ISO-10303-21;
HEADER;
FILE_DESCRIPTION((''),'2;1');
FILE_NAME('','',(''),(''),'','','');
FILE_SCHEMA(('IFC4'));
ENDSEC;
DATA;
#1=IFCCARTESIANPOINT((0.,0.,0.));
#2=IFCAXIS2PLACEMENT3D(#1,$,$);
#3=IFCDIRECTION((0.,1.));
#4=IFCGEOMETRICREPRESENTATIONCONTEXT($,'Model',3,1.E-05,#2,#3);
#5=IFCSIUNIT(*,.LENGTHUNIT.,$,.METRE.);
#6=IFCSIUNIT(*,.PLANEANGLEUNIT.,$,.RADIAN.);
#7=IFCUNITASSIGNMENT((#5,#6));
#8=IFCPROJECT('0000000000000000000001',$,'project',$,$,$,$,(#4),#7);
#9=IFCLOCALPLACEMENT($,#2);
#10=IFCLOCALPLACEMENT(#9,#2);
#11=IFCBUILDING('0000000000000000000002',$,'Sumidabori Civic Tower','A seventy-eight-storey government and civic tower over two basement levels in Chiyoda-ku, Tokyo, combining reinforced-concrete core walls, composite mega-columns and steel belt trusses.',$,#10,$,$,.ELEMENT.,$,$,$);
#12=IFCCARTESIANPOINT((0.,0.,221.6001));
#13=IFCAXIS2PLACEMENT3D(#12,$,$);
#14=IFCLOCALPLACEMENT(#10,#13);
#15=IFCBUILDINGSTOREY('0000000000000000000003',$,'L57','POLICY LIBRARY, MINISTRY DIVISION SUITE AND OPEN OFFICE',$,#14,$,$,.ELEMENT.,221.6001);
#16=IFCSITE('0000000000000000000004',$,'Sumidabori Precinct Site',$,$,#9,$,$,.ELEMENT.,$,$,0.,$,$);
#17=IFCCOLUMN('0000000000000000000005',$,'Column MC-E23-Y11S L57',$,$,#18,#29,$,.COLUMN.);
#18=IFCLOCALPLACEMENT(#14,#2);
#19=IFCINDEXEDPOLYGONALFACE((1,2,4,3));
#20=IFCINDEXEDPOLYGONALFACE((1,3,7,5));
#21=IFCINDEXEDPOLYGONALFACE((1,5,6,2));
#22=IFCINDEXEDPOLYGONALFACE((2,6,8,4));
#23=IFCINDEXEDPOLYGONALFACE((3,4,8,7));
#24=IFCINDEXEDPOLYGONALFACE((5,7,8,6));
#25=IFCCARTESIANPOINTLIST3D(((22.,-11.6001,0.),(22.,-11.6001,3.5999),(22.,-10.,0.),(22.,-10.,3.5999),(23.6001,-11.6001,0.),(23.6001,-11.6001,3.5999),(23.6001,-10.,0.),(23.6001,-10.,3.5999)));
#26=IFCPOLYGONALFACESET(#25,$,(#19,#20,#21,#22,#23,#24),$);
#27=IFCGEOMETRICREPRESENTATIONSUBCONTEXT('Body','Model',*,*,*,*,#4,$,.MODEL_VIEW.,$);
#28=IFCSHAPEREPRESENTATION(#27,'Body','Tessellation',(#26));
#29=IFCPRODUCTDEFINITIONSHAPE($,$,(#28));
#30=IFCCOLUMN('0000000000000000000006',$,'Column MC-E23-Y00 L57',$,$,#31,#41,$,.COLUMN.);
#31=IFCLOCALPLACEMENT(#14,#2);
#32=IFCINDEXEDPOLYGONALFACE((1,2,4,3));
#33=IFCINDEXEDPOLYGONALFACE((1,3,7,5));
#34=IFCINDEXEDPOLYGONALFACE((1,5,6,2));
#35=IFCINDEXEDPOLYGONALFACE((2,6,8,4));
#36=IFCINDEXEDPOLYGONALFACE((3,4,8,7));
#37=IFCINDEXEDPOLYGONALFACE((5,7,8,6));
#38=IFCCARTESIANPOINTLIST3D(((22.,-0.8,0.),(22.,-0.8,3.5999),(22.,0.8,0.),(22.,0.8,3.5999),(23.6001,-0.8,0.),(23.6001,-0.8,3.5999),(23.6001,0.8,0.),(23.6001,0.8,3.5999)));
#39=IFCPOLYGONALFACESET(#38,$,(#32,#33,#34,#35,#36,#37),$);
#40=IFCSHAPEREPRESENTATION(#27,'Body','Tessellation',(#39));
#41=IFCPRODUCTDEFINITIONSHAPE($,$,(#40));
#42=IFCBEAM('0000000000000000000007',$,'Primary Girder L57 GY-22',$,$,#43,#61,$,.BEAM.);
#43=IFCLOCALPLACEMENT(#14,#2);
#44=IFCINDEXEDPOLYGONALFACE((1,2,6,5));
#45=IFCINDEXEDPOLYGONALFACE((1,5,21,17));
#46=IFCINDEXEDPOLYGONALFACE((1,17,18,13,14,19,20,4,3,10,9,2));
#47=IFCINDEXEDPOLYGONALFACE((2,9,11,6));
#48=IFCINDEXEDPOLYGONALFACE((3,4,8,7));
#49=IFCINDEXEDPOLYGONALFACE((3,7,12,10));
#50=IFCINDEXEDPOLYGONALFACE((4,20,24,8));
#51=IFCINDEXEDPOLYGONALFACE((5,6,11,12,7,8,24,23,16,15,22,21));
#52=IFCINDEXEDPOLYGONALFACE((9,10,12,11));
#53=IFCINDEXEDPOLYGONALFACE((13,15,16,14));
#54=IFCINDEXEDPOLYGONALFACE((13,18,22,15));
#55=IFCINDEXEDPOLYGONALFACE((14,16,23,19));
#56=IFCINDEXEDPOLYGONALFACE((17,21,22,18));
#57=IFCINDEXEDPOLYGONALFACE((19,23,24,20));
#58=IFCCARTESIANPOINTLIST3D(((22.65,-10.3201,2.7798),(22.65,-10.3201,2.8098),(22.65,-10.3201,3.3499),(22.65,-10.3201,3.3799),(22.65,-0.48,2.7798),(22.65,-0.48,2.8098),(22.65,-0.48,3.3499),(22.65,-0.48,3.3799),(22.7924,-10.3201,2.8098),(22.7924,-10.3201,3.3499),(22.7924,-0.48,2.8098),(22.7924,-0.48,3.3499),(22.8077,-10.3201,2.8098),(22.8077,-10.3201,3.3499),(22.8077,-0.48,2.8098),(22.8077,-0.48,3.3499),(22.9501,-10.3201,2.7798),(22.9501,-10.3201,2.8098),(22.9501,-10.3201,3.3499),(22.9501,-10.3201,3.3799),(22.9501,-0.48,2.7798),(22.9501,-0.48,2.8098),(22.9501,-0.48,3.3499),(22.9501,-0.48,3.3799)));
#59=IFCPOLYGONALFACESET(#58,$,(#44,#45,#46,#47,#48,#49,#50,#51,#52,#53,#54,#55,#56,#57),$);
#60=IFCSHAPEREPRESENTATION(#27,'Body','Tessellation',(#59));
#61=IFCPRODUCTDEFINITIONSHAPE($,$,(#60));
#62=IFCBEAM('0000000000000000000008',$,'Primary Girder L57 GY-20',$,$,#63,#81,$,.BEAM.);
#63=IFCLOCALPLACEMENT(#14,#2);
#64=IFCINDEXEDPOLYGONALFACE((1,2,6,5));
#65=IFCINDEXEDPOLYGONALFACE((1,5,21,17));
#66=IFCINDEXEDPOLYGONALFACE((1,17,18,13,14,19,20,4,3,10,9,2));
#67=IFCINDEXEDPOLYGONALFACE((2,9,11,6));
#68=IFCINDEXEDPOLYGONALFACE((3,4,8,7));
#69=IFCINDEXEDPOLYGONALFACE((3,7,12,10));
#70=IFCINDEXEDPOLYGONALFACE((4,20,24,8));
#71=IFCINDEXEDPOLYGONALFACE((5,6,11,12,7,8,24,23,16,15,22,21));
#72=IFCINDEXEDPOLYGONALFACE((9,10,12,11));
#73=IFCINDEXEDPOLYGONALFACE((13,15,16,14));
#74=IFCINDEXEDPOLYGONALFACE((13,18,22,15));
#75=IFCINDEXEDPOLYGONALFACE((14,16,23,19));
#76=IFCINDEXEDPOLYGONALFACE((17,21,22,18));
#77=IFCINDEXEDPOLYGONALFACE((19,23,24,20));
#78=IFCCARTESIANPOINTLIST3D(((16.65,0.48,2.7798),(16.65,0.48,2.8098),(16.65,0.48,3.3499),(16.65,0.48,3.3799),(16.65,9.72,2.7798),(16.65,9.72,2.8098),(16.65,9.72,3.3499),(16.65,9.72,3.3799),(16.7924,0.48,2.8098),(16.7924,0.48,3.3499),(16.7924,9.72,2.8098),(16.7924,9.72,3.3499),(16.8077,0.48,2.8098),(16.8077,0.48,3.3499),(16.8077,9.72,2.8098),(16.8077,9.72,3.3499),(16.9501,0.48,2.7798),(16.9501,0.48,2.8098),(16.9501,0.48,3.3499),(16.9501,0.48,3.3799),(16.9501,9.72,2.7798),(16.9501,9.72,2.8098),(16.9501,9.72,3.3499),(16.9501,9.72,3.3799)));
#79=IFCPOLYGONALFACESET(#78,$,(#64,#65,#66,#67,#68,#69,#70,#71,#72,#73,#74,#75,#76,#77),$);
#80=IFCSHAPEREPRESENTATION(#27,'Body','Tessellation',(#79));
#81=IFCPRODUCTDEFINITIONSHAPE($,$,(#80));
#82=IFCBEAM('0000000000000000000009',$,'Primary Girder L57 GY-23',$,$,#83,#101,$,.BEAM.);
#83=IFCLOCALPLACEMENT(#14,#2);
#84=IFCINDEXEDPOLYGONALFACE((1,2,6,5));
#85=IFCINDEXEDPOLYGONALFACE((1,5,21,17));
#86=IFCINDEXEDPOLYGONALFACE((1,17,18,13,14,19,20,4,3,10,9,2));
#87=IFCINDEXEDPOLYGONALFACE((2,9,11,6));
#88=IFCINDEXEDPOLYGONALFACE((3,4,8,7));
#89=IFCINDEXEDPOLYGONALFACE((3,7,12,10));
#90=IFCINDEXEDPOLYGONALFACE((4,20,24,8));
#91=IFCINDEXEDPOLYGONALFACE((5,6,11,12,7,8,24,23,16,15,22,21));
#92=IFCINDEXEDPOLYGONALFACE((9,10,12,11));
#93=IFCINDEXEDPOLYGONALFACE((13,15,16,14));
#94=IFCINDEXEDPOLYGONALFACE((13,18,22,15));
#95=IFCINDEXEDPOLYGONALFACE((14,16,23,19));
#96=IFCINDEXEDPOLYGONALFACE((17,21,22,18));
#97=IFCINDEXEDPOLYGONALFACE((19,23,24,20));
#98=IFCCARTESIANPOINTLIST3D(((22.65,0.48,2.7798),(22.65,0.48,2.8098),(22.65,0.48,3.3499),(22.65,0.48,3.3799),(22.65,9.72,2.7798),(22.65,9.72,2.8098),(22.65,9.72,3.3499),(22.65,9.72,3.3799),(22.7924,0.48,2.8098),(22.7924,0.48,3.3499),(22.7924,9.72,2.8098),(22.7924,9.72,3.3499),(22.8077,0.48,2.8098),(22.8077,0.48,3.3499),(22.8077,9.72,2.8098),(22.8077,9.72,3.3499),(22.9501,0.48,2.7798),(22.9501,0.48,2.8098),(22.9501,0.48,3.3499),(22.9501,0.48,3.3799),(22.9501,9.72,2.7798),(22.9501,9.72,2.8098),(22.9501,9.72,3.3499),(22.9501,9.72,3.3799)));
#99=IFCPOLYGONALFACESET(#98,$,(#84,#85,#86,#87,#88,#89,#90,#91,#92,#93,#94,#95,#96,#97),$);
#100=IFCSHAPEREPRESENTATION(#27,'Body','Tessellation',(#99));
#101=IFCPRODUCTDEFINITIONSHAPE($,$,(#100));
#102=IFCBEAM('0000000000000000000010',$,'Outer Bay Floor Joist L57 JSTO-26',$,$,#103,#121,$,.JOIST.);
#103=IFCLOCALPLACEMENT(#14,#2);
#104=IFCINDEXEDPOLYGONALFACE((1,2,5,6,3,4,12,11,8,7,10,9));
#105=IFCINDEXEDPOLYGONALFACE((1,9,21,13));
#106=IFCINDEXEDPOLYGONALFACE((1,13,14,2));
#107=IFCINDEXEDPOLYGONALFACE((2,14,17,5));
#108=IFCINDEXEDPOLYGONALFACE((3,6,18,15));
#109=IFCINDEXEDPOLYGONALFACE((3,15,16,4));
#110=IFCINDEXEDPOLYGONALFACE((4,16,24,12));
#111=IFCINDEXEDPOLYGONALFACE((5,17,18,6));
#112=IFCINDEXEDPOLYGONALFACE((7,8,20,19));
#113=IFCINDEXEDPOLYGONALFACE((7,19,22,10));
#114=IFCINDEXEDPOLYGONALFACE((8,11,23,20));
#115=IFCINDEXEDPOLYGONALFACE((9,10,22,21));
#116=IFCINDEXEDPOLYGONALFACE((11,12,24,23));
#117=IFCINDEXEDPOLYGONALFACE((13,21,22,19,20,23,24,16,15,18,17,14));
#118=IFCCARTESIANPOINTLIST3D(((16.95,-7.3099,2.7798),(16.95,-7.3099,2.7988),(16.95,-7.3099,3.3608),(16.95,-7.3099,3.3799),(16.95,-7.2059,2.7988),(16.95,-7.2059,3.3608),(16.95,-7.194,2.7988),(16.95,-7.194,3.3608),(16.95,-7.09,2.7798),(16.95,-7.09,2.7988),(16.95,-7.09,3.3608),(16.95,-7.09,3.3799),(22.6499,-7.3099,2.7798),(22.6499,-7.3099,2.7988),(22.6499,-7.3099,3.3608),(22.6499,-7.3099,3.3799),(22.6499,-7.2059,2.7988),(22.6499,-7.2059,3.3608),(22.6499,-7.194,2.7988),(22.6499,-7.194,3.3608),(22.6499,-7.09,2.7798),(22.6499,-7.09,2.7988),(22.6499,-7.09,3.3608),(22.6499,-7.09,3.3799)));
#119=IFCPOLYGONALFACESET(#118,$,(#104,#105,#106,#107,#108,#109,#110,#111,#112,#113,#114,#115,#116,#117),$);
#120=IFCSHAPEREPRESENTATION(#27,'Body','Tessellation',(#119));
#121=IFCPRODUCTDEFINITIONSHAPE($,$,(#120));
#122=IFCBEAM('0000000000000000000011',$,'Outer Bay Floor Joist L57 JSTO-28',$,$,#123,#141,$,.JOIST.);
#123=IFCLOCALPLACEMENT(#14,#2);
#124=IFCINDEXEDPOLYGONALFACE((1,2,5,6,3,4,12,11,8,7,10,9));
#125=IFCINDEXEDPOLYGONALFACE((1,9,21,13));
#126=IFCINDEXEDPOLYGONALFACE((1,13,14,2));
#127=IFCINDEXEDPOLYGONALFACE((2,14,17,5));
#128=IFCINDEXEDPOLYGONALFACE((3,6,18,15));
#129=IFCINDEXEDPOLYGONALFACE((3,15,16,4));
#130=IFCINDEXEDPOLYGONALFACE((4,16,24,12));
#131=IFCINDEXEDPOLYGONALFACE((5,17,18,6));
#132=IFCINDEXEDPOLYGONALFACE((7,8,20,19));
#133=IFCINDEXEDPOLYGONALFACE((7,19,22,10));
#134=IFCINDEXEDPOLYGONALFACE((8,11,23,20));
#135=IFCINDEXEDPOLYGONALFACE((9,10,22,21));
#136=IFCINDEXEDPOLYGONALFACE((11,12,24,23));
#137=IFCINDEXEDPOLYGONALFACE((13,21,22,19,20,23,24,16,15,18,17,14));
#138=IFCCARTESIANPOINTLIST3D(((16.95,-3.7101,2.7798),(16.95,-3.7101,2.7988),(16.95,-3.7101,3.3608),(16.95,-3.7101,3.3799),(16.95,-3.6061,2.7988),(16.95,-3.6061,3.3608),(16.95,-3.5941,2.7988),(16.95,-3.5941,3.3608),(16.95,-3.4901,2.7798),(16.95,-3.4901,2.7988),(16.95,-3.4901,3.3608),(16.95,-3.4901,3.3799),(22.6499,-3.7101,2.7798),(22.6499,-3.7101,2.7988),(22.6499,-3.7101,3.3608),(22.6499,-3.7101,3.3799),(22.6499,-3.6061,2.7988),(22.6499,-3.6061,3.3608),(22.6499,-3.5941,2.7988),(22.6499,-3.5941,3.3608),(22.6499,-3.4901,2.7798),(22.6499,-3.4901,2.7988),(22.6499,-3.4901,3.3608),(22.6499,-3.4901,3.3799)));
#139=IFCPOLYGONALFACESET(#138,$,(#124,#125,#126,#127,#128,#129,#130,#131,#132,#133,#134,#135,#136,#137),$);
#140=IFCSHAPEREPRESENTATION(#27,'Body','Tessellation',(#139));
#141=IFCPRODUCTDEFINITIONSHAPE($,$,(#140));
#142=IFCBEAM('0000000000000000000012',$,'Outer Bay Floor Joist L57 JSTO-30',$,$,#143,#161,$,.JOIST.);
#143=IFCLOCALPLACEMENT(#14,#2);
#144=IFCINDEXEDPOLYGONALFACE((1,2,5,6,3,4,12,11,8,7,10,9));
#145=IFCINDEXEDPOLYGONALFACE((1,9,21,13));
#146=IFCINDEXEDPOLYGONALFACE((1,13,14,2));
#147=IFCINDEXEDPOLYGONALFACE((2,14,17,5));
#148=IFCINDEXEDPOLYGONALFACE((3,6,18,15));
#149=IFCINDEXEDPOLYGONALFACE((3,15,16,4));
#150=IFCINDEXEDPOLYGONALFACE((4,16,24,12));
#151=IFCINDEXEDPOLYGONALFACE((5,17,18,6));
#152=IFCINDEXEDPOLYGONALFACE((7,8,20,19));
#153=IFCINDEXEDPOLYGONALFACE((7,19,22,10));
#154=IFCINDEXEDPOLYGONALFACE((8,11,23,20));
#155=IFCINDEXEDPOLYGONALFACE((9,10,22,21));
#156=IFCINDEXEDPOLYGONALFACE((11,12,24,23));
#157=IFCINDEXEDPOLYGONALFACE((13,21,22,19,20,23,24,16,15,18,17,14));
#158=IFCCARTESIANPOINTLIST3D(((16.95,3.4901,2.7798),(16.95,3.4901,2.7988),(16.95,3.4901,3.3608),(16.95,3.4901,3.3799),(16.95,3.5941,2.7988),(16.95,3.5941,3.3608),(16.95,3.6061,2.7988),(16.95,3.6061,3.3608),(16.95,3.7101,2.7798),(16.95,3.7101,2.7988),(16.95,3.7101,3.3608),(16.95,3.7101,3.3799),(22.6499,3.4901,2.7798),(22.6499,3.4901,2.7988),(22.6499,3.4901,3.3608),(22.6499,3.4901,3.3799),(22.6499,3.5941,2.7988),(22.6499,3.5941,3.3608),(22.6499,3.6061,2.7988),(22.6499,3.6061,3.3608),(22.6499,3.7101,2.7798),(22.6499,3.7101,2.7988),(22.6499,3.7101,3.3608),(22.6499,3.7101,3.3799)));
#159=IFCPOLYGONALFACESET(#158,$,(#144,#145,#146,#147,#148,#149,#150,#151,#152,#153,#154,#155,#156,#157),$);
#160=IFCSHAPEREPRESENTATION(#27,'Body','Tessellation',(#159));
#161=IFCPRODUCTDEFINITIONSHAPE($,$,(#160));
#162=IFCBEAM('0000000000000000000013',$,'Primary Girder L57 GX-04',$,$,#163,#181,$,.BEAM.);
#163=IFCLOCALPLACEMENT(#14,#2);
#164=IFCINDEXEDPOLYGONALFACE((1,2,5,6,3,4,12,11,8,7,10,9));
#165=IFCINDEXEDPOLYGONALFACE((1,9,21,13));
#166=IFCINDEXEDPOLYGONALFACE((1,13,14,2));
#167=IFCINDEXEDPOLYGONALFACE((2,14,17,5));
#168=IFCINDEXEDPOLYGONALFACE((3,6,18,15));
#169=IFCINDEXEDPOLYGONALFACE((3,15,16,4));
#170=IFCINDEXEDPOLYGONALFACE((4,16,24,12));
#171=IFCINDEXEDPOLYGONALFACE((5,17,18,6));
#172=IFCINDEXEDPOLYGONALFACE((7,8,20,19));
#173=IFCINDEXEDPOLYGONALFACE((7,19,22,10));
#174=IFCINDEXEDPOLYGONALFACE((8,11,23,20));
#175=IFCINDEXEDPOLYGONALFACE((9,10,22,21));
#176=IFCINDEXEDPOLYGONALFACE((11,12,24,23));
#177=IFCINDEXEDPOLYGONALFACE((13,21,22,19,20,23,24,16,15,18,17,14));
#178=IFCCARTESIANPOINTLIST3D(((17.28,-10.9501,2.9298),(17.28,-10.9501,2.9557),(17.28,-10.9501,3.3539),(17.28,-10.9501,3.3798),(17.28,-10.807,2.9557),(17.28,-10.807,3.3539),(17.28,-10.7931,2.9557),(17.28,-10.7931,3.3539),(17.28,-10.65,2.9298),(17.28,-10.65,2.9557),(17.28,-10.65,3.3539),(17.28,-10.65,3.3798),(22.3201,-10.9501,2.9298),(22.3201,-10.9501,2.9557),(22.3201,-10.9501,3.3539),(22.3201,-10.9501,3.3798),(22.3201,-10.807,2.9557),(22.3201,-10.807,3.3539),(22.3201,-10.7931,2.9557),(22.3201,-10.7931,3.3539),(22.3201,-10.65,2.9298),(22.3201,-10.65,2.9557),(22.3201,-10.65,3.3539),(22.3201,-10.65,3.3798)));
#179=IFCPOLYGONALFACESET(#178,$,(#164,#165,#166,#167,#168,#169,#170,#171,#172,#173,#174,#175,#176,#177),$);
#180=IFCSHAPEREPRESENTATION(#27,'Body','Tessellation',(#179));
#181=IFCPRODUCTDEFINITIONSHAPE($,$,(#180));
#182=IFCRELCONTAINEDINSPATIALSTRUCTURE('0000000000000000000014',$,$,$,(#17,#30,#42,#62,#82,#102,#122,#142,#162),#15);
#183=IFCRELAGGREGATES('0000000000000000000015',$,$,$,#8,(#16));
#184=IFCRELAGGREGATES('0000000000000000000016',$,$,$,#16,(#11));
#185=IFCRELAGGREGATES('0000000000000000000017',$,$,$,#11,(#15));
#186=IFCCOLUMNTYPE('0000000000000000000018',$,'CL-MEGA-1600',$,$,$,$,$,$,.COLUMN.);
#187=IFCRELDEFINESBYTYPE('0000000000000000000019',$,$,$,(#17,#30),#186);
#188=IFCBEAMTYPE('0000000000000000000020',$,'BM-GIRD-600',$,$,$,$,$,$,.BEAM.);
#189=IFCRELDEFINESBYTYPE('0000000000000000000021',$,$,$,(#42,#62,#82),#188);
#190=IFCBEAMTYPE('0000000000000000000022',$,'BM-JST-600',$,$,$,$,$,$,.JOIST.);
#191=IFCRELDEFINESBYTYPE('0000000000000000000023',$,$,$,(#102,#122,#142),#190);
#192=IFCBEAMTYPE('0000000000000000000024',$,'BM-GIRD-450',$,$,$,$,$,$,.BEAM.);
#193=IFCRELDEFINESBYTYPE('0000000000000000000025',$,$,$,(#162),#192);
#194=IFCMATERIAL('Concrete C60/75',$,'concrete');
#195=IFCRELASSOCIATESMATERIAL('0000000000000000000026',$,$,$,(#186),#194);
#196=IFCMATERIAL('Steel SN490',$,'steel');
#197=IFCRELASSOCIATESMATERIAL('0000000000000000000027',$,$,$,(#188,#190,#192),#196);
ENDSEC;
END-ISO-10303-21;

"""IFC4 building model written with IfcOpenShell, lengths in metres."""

from ifc_helpers import new_model, si_unit, direction, frame, origin, origin_2d, place, context, subcontext, project, spatial, rectangle, i_section, extrude, source, transform, mapped, material, material_profile, profile_set, type_object, element, save


model = new_model("IFC4")

# Units and contexts
model_context = context("Model", 3, precision=1e-05, world=origin(), true_north=direction((0.0, 1.0)))
body_context = subcontext(model_context, "Body", "Model", "MODEL_VIEW")
ifc_project = project(units=[si_unit("LENGTHUNIT", "METRE"), si_unit("PLANEANGLEUNIT", "RADIAN")], contexts=[model_context])

# Site, building, storey
site_placement = place(None, origin())
site = spatial("IfcSite", under=ifc_project, at=site_placement, Name="Sumidabori Precinct Site", CompositionType="ELEMENT", RefElevation=0.0)
building_placement = place(site_placement, origin())
building = spatial("IfcBuilding", under=site, at=building_placement, Name="Sumidabori Civic Tower", Description="A seventy-eight-storey government and civic tower over two basement levels in Chiyoda-ku, Tokyo, combining reinforced-concrete core walls, composite mega-columns and steel belt trusses.", CompositionType="ELEMENT")
storey_placement = place(building_placement, frame((0.0, 0.0, 221.6001)))
storey = spatial("IfcBuildingStorey", under=building, at=storey_placement, Name="L57", Description="POLICY LIBRARY, MINISTRY DIVISION SUITE AND OPEN OFFICE", CompositionType="ELEMENT", Elevation=221.6001)

# Columns
ifc_material_1 = material(Name="Concrete C60/75", Category="concrete")
ifc_material_profile_1 = material_profile(ifc_material_1, rectangle(XDim=1.6001, YDim=1.6001, at=origin_2d()), Name="RC 1600x1600")
ifc_profile_set_1 = profile_set([ifc_material_profile_1], Name="Concrete C60/75")
column_type = type_object("IfcColumnType", Name="CL-MEGA-1600", PredefinedType="COLUMN", material=ifc_profile_set_1)
shared_shape_1 = source(origin(), body_context, "Body", "SweptSolid", [
    extrude(rectangle(XDim=1.6001, YDim=1.6001, at=origin_2d()), origin(), (0.0, 0.0, 1.0), 3.5999),
])
for number, where, z_axis, x_axis, name in (
    (1, (22.8, -10.8, 0.0), (0.0, 0.0, 1.0), (1.0, 0.0, 0.0), "Column MC-E23-Y11S L57"),
    (2, (22.8, 0.0, 0.0), (0.0, 0.0, 1.0), (1.0, 0.0, 0.0), "Column MC-E23-Y00 L57"),
):
    element("IfcColumn", number, at=place(storey_placement, frame(where, z_axis=z_axis, x_axis=x_axis)), inside=storey, type_object=column_type, Name=name, PredefinedType="COLUMN", context=body_context, shape_type="MappedRepresentation", body=[
        mapped(shared_shape_1, transform((0.0, 0.0, 0.0), x_axis=(1.0, 0.0, 0.0), y_axis=(0.0, 1.0, 0.0), z_axis=(0.0, 0.0, 1.0), scale=1.0)),
    ])

# Beams
ifc_material_2 = material(Name="Steel SN490", Category="steel")
ifc_material_profile_2 = material_profile(ifc_material_2, i_section(OverallWidth=0.3, OverallDepth=0.6001, WebThickness=0.0154, FlangeThickness=0.03, at=origin_2d()), Name="HE 600 B")
ifc_profile_set_2 = profile_set([ifc_material_profile_2], Name="Steel SN490")
beam_type_1 = type_object("IfcBeamType", Name="BM-GIRD-600", PredefinedType="BEAM", material=ifc_profile_set_2)
shared_shape_2 = source(origin(), body_context, "Body", "SweptSolid", [
    extrude(i_section(OverallWidth=0.3, OverallDepth=0.6001, WebThickness=0.0154, FlangeThickness=0.03, at=origin_2d()), origin(), (0.0, 0.0, 1.0), 9.8401),
])
beam_1_placement = place(storey_placement, frame((22.8, -10.3201, 3.0798), z_axis=(0.0, 1.0, 0.0), x_axis=(-1.0, 0.0, 0.0)))
element("IfcBeam", 3, at=beam_1_placement, inside=storey, type_object=beam_type_1, Name="Primary Girder L57 GY-22", PredefinedType="BEAM", context=body_context, shape_type="MappedRepresentation", body=[
    mapped(shared_shape_2, transform((0.0, 0.0, 0.0), x_axis=(1.0, 0.0, 0.0), y_axis=(0.0, 1.0, 0.0), z_axis=(0.0, 0.0, 1.0), scale=1.0)),
])
shared_shape_3 = source(origin(), body_context, "Body", "SweptSolid", [
    extrude(i_section(OverallWidth=0.3, OverallDepth=0.6001, WebThickness=0.0154, FlangeThickness=0.03, at=origin_2d()), origin(), (0.0, 0.0, 1.0), 9.24),
])
for number, where, z_axis, x_axis, name in (
    (4, (16.8, 0.48, 3.0798), (0.0, 1.0, 0.0), (-1.0, 0.0, 0.0), "Primary Girder L57 GY-20"),
    (5, (22.8, 0.48, 3.0798), (0.0, 1.0, 0.0), (-1.0, 0.0, 0.0), "Primary Girder L57 GY-23"),
):
    element("IfcBeam", number, at=place(storey_placement, frame(where, z_axis=z_axis, x_axis=x_axis)), inside=storey, type_object=beam_type_1, Name=name, PredefinedType="BEAM", context=body_context, shape_type="MappedRepresentation", body=[
        mapped(shared_shape_3, transform((0.0, 0.0, 0.0), x_axis=(1.0, 0.0, 0.0), y_axis=(0.0, 1.0, 0.0), z_axis=(0.0, 0.0, 1.0), scale=1.0)),
    ])
ifc_material_profile_3 = material_profile(ifc_material_2, i_section(OverallWidth=0.22, OverallDepth=0.6001, WebThickness=0.012, FlangeThickness=0.019, at=origin_2d()), Name="IPE 600")
ifc_profile_set_3 = profile_set([ifc_material_profile_3], Name="Steel SN490")
beam_type_2 = type_object("IfcBeamType", Name="BM-JST-600", PredefinedType="JOIST", material=ifc_profile_set_3)
shared_shape_4 = source(origin(), body_context, "Body", "SweptSolid", [
    extrude(i_section(OverallWidth=0.22, OverallDepth=0.6001, WebThickness=0.012, FlangeThickness=0.019, at=origin_2d()), origin(), (0.0, 0.0, 1.0), 5.7),
])
for number, where, z_axis, x_axis, name in (
    (6, (16.95, -7.2, 3.0798), (1.0, 0.0, 0.0), (0.0, 1.0, 0.0), "Outer Bay Floor Joist L57 JSTO-26"),
    (7, (16.95, -3.6001, 3.0798), (1.0, 0.0, 0.0), (0.0, 1.0, 0.0), "Outer Bay Floor Joist L57 JSTO-28"),
    (8, (16.95, 3.6001, 3.0798), (1.0, 0.0, 0.0), (0.0, 1.0, 0.0), "Outer Bay Floor Joist L57 JSTO-30"),
):
    element("IfcBeam", number, at=place(storey_placement, frame(where, z_axis=z_axis, x_axis=x_axis)), inside=storey, type_object=beam_type_2, Name=name, PredefinedType="JOIST", context=body_context, shape_type="MappedRepresentation", body=[
        mapped(shared_shape_4, transform((0.0, 0.0, 0.0), x_axis=(1.0, 0.0, 0.0), y_axis=(0.0, 1.0, 0.0), z_axis=(0.0, 0.0, 1.0), scale=1.0)),
    ])
ifc_material_profile_4 = material_profile(ifc_material_2, i_section(OverallWidth=0.3, OverallDepth=0.45, WebThickness=0.0139, FlangeThickness=0.0259, at=origin_2d()), Name="HE 450 B")
ifc_profile_set_4 = profile_set([ifc_material_profile_4], Name="Steel SN490")
beam_type_3 = type_object("IfcBeamType", Name="BM-GIRD-450", PredefinedType="BEAM", material=ifc_profile_set_4)
shared_shape_5 = source(origin(), body_context, "Body", "SweptSolid", [
    extrude(i_section(OverallWidth=0.3, OverallDepth=0.45, WebThickness=0.0139, FlangeThickness=0.0259, at=origin_2d()), origin(), (0.0, 0.0, 1.0), 5.04),
])
for number, where, z_axis, x_axis, name in (
    (9, (17.28, -10.8, 3.1548), (1.0, 0.0, 0.0), (0.0, 1.0, 0.0), "Primary Girder L57 GX-04"),
):
    element("IfcBeam", number, at=place(storey_placement, frame(where, z_axis=z_axis, x_axis=x_axis)), inside=storey, type_object=beam_type_3, Name=name, PredefinedType="BEAM", context=body_context, shape_type="MappedRepresentation", body=[
        mapped(shared_shape_5, transform((0.0, 0.0, 0.0), x_axis=(1.0, 0.0, 0.0), y_axis=(0.0, 1.0, 0.0), z_axis=(0.0, 0.0, 1.0), scale=1.0)),
    ])

save(model, "model.ifc")
